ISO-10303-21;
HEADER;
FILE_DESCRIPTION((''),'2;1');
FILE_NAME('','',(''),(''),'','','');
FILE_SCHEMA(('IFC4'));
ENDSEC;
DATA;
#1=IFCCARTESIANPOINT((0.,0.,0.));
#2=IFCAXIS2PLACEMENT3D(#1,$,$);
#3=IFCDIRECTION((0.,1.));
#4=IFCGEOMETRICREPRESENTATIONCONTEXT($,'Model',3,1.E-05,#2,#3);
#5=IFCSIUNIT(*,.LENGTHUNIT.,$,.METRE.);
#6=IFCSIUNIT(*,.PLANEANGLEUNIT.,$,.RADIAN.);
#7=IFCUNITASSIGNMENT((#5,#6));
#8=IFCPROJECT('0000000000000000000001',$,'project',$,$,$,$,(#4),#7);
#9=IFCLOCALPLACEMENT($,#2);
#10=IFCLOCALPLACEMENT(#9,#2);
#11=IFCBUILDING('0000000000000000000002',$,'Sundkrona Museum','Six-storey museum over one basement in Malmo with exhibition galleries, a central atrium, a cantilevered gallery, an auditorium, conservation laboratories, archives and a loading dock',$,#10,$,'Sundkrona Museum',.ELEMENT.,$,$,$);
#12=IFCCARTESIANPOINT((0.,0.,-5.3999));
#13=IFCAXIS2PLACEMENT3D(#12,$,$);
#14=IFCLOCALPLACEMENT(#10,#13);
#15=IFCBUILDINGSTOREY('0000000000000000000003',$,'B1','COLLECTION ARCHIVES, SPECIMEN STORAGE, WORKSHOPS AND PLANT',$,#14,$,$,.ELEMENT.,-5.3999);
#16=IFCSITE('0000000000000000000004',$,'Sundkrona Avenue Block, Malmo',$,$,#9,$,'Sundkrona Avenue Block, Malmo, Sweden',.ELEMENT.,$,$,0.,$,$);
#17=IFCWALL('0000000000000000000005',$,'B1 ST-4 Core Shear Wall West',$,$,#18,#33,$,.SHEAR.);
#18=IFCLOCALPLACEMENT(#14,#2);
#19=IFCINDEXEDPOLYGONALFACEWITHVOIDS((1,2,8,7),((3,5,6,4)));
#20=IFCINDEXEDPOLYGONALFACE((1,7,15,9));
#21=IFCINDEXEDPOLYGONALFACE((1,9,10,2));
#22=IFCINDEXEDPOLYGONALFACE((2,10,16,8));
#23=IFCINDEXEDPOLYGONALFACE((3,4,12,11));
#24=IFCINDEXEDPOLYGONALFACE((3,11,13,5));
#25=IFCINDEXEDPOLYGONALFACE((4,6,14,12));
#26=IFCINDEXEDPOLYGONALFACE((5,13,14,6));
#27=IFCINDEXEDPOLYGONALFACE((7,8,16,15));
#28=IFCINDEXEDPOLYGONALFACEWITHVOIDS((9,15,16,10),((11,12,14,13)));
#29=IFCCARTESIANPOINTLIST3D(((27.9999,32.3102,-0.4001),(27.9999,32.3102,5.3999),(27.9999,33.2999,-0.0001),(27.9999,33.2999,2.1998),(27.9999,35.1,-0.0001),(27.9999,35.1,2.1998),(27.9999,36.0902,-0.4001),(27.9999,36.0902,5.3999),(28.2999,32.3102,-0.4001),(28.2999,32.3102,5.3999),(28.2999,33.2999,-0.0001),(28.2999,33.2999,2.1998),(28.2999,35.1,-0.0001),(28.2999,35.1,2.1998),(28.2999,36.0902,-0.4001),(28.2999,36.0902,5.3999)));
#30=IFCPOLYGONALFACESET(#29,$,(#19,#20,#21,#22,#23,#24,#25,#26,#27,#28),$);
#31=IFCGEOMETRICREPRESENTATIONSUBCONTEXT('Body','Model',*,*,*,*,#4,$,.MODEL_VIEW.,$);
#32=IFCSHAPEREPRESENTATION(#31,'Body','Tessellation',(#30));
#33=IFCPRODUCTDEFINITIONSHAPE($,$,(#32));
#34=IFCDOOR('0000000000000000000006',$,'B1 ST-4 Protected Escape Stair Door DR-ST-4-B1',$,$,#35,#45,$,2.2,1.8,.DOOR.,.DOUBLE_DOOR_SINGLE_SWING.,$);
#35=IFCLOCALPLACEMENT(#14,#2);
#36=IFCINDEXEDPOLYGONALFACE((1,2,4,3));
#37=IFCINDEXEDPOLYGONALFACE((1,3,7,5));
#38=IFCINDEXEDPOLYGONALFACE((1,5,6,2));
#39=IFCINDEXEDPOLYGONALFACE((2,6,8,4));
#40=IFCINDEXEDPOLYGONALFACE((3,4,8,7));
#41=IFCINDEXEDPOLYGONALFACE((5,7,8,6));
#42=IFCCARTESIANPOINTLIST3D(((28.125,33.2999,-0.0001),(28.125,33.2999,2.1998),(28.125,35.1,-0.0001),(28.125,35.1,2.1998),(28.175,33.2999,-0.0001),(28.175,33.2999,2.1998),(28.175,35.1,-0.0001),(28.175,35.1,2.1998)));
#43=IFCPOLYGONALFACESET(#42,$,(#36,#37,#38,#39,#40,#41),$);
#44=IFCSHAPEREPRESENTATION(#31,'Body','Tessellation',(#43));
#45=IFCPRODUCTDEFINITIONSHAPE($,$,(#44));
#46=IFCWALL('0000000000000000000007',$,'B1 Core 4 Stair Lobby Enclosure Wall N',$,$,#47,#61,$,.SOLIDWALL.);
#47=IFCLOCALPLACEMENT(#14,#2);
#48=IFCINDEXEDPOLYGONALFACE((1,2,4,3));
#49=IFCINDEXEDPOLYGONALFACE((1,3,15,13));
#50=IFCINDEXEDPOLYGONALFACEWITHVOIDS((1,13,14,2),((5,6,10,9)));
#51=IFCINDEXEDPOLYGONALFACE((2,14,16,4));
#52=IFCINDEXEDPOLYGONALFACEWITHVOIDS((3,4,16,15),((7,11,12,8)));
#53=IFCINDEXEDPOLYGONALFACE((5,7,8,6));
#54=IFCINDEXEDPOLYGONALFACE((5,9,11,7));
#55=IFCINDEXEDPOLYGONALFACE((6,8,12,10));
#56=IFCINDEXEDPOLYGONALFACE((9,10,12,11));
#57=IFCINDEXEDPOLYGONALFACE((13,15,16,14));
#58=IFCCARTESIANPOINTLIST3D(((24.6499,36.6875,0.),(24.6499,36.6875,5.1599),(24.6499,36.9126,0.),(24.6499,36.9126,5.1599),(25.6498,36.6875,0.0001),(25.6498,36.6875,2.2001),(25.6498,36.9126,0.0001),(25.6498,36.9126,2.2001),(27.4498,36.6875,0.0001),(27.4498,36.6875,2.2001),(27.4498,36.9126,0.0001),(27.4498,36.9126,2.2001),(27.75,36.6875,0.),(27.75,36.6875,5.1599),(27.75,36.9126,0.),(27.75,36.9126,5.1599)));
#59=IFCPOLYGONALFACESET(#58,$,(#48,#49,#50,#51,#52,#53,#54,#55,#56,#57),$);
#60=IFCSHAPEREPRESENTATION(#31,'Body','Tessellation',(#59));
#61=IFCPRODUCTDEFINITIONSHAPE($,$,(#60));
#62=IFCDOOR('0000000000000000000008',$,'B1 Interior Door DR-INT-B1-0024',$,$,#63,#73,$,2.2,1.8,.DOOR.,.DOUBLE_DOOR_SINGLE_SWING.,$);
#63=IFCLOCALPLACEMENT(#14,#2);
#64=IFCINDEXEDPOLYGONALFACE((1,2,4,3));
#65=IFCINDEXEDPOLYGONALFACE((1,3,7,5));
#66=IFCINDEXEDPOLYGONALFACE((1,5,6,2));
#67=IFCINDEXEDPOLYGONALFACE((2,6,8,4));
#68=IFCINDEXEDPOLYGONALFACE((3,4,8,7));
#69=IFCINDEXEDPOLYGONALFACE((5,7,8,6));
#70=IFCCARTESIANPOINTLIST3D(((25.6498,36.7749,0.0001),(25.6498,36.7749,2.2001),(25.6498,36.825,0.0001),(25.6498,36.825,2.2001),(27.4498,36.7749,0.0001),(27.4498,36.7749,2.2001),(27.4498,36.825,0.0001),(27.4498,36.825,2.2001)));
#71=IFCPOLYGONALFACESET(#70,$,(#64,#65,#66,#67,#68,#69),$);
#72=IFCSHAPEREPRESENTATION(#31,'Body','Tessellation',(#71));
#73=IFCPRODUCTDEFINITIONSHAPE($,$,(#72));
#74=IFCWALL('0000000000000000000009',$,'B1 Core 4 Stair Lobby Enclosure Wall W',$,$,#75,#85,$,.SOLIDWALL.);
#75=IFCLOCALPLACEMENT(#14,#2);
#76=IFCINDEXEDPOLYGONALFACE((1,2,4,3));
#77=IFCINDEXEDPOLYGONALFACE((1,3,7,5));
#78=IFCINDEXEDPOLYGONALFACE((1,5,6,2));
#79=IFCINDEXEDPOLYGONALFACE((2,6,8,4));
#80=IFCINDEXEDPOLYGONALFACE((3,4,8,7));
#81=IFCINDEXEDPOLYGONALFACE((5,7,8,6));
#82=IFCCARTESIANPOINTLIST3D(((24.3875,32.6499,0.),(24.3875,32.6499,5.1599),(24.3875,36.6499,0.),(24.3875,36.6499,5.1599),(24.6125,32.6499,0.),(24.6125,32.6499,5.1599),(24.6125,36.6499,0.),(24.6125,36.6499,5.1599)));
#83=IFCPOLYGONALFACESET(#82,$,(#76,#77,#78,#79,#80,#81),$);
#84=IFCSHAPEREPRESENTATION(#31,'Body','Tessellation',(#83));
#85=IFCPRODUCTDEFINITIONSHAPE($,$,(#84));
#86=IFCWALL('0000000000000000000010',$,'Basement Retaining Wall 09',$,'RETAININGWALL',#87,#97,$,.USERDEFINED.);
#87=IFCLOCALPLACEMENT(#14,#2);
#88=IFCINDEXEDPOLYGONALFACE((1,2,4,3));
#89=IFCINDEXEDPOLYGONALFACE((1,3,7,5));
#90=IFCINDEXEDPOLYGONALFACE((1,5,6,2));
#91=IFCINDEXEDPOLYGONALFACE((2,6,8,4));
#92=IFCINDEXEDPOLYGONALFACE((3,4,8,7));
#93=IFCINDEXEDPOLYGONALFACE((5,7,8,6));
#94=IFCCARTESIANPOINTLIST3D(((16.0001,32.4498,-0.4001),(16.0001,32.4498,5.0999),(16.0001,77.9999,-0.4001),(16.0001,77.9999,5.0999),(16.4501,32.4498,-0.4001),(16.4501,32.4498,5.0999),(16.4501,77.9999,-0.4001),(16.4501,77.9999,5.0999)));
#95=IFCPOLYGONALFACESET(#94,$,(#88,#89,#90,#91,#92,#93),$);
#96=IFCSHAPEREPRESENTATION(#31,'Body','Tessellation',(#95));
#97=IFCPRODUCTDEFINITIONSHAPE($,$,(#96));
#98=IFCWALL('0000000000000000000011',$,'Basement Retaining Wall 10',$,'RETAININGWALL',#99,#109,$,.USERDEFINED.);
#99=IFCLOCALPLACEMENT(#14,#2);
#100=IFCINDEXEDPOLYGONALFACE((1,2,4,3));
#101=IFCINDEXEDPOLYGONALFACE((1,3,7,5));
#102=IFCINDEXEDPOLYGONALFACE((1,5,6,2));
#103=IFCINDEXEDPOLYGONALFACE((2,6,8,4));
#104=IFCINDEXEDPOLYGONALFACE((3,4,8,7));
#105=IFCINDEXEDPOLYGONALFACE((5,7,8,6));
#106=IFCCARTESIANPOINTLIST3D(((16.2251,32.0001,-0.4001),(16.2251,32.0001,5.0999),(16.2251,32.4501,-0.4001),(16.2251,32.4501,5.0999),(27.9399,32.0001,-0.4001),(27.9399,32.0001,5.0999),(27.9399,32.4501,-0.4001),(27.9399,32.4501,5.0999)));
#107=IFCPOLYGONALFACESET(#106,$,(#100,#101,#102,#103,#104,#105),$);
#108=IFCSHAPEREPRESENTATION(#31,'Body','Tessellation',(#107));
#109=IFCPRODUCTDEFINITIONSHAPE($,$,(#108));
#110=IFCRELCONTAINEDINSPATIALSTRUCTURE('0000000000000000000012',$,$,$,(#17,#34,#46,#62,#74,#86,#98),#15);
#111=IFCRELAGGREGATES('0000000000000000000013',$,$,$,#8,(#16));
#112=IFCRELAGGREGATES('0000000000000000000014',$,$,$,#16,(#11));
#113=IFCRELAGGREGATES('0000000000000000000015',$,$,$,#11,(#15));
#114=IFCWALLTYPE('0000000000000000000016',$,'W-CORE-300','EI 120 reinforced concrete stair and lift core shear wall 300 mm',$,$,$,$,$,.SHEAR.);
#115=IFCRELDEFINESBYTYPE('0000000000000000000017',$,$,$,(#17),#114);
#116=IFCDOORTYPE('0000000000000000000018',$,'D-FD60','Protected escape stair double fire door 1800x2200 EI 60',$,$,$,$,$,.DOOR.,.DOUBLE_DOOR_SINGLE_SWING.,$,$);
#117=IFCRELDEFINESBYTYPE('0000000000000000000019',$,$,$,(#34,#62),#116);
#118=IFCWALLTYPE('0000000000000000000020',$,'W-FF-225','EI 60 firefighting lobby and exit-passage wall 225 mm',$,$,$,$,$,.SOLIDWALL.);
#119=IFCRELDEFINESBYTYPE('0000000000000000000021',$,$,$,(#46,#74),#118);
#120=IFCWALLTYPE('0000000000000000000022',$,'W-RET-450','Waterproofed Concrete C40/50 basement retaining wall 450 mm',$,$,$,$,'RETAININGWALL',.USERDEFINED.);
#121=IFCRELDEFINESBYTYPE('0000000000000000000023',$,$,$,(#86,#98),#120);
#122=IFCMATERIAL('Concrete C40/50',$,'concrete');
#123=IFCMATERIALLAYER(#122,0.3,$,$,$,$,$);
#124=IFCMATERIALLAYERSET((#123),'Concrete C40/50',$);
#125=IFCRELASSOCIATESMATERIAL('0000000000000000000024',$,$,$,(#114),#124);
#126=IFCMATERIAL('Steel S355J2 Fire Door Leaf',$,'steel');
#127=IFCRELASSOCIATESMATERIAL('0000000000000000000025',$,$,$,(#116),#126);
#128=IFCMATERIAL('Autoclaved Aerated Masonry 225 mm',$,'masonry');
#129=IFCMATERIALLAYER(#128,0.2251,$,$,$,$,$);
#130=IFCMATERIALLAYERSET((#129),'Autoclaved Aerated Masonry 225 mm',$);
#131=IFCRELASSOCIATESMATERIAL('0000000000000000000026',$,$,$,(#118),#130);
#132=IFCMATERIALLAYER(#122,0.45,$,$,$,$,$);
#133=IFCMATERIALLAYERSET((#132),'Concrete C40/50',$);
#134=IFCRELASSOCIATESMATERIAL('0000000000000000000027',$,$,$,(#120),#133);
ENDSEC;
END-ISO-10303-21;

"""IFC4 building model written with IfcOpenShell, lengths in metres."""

from ifc_helpers import new_model, si_unit, direction, frame, frame_2d, origin, place, context, subcontext, project, spatial, rectangle, extrude, material, layer, layer_set, type_object, element, fill, save


model = new_model("IFC4")

# Units and contexts
model_context = context("Model", 3, precision=1e-05, world=origin(), true_north=direction((0.0, 1.0)))
body_context = subcontext(model_context, "Body", "Model", "MODEL_VIEW")
ifc_project = project(units=[si_unit("LENGTHUNIT", "METRE"), si_unit("PLANEANGLEUNIT", "RADIAN")], contexts=[model_context])

# Site, building, storey
site_placement = place(None, origin())
site = spatial("IfcSite", under=ifc_project, at=site_placement, Name="Sundkrona Avenue Block, Malmo", LongName="Sundkrona Avenue Block, Malmo, Sweden", CompositionType="ELEMENT", RefElevation=0.0)
building_placement = place(site_placement, origin())
building = spatial("IfcBuilding", under=site, at=building_placement, Name="Sundkrona Museum", Description="Six-storey museum over one basement in Malmo with exhibition galleries, a central atrium, a cantilevered gallery, an auditorium, conservation laboratories, archives and a loading dock", LongName="Sundkrona Museum", CompositionType="ELEMENT")
storey_placement = place(building_placement, frame((0.0, 0.0, -5.3999)))
storey = spatial("IfcBuildingStorey", under=building, at=storey_placement, Name="B1", Description="COLLECTION ARCHIVES, SPECIMEN STORAGE, WORKSHOPS AND PLANT", CompositionType="ELEMENT", Elevation=-5.3999)

# Shared definitions
ifc_material_1 = material(Name="Concrete C40/50", Category="concrete")

# Shared definitions
ifc_layer_1 = layer(ifc_material_1, 0.3)
ifc_layer_set_1 = layer_set([ifc_layer_1], Name="Concrete C40/50")
wall_type_1 = type_object("IfcWallType", Name="W-CORE-300", Description="EI 120 reinforced concrete stair and lift core shear wall 300 mm", PredefinedType="SHEAR", material=ifc_layer_set_1)

# Walls, openings, doors
wall_1_placement = place(storey_placement, frame((28.1499, 32.3101, -0.4001), z_axis=(0.0, 0.0, 1.0), x_axis=(0.0, 1.0, 0.0)))
wall_1 = element("IfcWall", 1, at=wall_1_placement, inside=storey, type_object=wall_type_1, Name="B1 ST-4 Core Shear Wall West", PredefinedType="SHEAR", context=body_context, shape_type="SweptSolid", body=[
    extrude(rectangle(XDim=3.78, YDim=0.3, at=frame_2d((1.8901, 0.0))), origin(), (0.0, 0.0, 1.0), 5.8),
])
opening_1_placement = place(wall_1_placement, frame((0.99, 0.0, 0.3999)))
opening_1 = element("IfcOpeningElement", 2, at=opening_1_placement, cuts=wall_1, PredefinedType="OPENING", context=body_context, shape_type="SweptSolid", body=[
    extrude(rectangle(XDim=1.8, YDim=2.2, at=frame_2d((0.8999, 1.1001))), frame((0.0, 0.1599, 0.0), z_axis=(0.0, -1.0, 0.0), x_axis=(1.0, 0.0, 0.0)), (0.0, 0.0, 1.0), 0.3201),
])
ifc_material_2 = material(Name="Steel S355J2 Fire Door Leaf", Category="steel")
door_type = type_object("IfcDoorType", Name="D-FD60", Description="Protected escape stair double fire door 1800x2200 EI 60", OperationType="DOUBLE_DOOR_SINGLE_SWING", PredefinedType="DOOR", material=ifc_material_2)
door_1_placement = place(opening_1_placement, origin())
door_1 = element("IfcDoor", 3, at=door_1_placement, inside=storey, type_object=door_type, Name="B1 ST-4 Protected Escape Stair Door DR-ST-4-B1", OperationType="DOUBLE_DOOR_SINGLE_SWING", OverallHeight=2.2, OverallWidth=1.8, PredefinedType="DOOR", context=body_context, shape_type="SweptSolid", body=[
    extrude(rectangle(XDim=1.8, YDim=2.2, at=frame_2d((0.8999, 1.1001))), frame((0.0, 0.0249, 0.0), z_axis=(0.0, -1.0, 0.0), x_axis=(1.0, 0.0, 0.0)), (0.0, 0.0, 1.0), 0.05),
])
fill(opening_1, door_1)
ifc_material_3 = material(Name="Autoclaved Aerated Masonry 225 mm", Category="masonry")
ifc_layer_2 = layer(ifc_material_3, 0.2251)
ifc_layer_set_2 = layer_set([ifc_layer_2], Name="Autoclaved Aerated Masonry 225 mm")
wall_type_2 = type_object("IfcWallType", Name="W-FF-225", Description="EI 60 firefighting lobby and exit-passage wall 225 mm", PredefinedType="SOLIDWALL", material=ifc_layer_set_2)
wall_2_placement = place(storey_placement, frame((24.6499, 36.8, 0.0), z_axis=(0.0, 0.0, 1.0), x_axis=(1.0, 0.0, 0.0)))
wall_2 = element("IfcWall", 4, at=wall_2_placement, inside=storey, type_object=wall_type_2, Name="B1 Core 4 Stair Lobby Enclosure Wall N", PredefinedType="SOLIDWALL", context=body_context, shape_type="SweptSolid", body=[
    extrude(rectangle(XDim=3.1001, YDim=0.2251, at=frame_2d((1.55, 0.0))), origin(), (0.0, 0.0, 1.0), 5.1599),
])
opening_2_placement = place(wall_2_placement, frame((1.0, 0.0, 0.0)))
opening_2 = element("IfcOpeningElement", 5, at=opening_2_placement, cuts=wall_2, PredefinedType="OPENING", context=body_context, shape_type="SweptSolid", body=[
    extrude(rectangle(XDim=1.8, YDim=2.2, at=frame_2d((0.8999, 1.1001))), frame((0.0, 0.1226, 0.0), z_axis=(0.0, -1.0, 0.0), x_axis=(1.0, 0.0, 0.0)), (0.0, 0.0, 1.0), 0.2451),
])
door_2_placement = place(opening_2_placement, origin())
door_2 = element("IfcDoor", 6, at=door_2_placement, inside=storey, type_object=door_type, Name="B1 Interior Door DR-INT-B1-0024", OperationType="DOUBLE_DOOR_SINGLE_SWING", OverallHeight=2.2, OverallWidth=1.8, PredefinedType="DOOR", context=body_context, shape_type="SweptSolid", body=[
    extrude(rectangle(XDim=1.8, YDim=2.2, at=frame_2d((0.8999, 1.1001))), frame((0.0, 0.0249, 0.0), z_axis=(0.0, -1.0, 0.0), x_axis=(1.0, 0.0, 0.0)), (0.0, 0.0, 1.0), 0.05),
])
fill(opening_2, door_2)

# Walls
wall_3_placement = place(storey_placement, frame((24.5, 32.6499, 0.0), z_axis=(0.0, 0.0, 1.0), x_axis=(0.0, 1.0, 0.0)))
element("IfcWall", 7, at=wall_3_placement, inside=storey, type_object=wall_type_2, Name="B1 Core 4 Stair Lobby Enclosure Wall W", PredefinedType="SOLIDWALL", context=body_context, shape_type="SweptSolid", body=[
    extrude(rectangle(XDim=4.0, YDim=0.2251, at=frame_2d((2.0, 0.0))), origin(), (0.0, 0.0, 1.0), 5.1599),
])
ifc_layer_3 = layer(ifc_material_1, 0.45)
ifc_layer_set_3 = layer_set([ifc_layer_3], Name="Concrete C40/50")
wall_type_3 = type_object("IfcWallType", Name="W-RET-450", Description="Waterproofed Concrete C40/50 basement retaining wall 450 mm", ElementType="RETAININGWALL", PredefinedType="USERDEFINED", material=ifc_layer_set_3)
wall_4_placement = place(storey_placement, frame((16.2251, 32.45, -0.4001), z_axis=(0.0, 0.0, 1.0), x_axis=(0.0, 1.0, 0.0)))
element("IfcWall", 8, at=wall_4_placement, inside=storey, type_object=wall_type_3, Name="Basement Retaining Wall 09", ObjectType="RETAININGWALL", PredefinedType="USERDEFINED", context=body_context, shape_type="SweptSolid", body=[
    extrude(rectangle(XDim=45.55, YDim=0.45, at=frame_2d((22.7749, 0.0))), origin(), (0.0, 0.0, 1.0), 5.5),
])
wall_5_placement = place(storey_placement, frame((16.2251, 32.2251, -0.4001), z_axis=(0.0, 0.0, 1.0), x_axis=(1.0, 0.0, 0.0)))
element("IfcWall", 9, at=wall_5_placement, inside=storey, type_object=wall_type_3, Name="Basement Retaining Wall 10", ObjectType="RETAININGWALL", PredefinedType="USERDEFINED", context=body_context, shape_type="SweptSolid", body=[
    extrude(rectangle(XDim=11.7148, YDim=0.45, at=frame_2d((5.8574, 0.0))), origin(), (0.0, 0.0, 1.0), 5.5),
])

save(model, "model.ifc")
